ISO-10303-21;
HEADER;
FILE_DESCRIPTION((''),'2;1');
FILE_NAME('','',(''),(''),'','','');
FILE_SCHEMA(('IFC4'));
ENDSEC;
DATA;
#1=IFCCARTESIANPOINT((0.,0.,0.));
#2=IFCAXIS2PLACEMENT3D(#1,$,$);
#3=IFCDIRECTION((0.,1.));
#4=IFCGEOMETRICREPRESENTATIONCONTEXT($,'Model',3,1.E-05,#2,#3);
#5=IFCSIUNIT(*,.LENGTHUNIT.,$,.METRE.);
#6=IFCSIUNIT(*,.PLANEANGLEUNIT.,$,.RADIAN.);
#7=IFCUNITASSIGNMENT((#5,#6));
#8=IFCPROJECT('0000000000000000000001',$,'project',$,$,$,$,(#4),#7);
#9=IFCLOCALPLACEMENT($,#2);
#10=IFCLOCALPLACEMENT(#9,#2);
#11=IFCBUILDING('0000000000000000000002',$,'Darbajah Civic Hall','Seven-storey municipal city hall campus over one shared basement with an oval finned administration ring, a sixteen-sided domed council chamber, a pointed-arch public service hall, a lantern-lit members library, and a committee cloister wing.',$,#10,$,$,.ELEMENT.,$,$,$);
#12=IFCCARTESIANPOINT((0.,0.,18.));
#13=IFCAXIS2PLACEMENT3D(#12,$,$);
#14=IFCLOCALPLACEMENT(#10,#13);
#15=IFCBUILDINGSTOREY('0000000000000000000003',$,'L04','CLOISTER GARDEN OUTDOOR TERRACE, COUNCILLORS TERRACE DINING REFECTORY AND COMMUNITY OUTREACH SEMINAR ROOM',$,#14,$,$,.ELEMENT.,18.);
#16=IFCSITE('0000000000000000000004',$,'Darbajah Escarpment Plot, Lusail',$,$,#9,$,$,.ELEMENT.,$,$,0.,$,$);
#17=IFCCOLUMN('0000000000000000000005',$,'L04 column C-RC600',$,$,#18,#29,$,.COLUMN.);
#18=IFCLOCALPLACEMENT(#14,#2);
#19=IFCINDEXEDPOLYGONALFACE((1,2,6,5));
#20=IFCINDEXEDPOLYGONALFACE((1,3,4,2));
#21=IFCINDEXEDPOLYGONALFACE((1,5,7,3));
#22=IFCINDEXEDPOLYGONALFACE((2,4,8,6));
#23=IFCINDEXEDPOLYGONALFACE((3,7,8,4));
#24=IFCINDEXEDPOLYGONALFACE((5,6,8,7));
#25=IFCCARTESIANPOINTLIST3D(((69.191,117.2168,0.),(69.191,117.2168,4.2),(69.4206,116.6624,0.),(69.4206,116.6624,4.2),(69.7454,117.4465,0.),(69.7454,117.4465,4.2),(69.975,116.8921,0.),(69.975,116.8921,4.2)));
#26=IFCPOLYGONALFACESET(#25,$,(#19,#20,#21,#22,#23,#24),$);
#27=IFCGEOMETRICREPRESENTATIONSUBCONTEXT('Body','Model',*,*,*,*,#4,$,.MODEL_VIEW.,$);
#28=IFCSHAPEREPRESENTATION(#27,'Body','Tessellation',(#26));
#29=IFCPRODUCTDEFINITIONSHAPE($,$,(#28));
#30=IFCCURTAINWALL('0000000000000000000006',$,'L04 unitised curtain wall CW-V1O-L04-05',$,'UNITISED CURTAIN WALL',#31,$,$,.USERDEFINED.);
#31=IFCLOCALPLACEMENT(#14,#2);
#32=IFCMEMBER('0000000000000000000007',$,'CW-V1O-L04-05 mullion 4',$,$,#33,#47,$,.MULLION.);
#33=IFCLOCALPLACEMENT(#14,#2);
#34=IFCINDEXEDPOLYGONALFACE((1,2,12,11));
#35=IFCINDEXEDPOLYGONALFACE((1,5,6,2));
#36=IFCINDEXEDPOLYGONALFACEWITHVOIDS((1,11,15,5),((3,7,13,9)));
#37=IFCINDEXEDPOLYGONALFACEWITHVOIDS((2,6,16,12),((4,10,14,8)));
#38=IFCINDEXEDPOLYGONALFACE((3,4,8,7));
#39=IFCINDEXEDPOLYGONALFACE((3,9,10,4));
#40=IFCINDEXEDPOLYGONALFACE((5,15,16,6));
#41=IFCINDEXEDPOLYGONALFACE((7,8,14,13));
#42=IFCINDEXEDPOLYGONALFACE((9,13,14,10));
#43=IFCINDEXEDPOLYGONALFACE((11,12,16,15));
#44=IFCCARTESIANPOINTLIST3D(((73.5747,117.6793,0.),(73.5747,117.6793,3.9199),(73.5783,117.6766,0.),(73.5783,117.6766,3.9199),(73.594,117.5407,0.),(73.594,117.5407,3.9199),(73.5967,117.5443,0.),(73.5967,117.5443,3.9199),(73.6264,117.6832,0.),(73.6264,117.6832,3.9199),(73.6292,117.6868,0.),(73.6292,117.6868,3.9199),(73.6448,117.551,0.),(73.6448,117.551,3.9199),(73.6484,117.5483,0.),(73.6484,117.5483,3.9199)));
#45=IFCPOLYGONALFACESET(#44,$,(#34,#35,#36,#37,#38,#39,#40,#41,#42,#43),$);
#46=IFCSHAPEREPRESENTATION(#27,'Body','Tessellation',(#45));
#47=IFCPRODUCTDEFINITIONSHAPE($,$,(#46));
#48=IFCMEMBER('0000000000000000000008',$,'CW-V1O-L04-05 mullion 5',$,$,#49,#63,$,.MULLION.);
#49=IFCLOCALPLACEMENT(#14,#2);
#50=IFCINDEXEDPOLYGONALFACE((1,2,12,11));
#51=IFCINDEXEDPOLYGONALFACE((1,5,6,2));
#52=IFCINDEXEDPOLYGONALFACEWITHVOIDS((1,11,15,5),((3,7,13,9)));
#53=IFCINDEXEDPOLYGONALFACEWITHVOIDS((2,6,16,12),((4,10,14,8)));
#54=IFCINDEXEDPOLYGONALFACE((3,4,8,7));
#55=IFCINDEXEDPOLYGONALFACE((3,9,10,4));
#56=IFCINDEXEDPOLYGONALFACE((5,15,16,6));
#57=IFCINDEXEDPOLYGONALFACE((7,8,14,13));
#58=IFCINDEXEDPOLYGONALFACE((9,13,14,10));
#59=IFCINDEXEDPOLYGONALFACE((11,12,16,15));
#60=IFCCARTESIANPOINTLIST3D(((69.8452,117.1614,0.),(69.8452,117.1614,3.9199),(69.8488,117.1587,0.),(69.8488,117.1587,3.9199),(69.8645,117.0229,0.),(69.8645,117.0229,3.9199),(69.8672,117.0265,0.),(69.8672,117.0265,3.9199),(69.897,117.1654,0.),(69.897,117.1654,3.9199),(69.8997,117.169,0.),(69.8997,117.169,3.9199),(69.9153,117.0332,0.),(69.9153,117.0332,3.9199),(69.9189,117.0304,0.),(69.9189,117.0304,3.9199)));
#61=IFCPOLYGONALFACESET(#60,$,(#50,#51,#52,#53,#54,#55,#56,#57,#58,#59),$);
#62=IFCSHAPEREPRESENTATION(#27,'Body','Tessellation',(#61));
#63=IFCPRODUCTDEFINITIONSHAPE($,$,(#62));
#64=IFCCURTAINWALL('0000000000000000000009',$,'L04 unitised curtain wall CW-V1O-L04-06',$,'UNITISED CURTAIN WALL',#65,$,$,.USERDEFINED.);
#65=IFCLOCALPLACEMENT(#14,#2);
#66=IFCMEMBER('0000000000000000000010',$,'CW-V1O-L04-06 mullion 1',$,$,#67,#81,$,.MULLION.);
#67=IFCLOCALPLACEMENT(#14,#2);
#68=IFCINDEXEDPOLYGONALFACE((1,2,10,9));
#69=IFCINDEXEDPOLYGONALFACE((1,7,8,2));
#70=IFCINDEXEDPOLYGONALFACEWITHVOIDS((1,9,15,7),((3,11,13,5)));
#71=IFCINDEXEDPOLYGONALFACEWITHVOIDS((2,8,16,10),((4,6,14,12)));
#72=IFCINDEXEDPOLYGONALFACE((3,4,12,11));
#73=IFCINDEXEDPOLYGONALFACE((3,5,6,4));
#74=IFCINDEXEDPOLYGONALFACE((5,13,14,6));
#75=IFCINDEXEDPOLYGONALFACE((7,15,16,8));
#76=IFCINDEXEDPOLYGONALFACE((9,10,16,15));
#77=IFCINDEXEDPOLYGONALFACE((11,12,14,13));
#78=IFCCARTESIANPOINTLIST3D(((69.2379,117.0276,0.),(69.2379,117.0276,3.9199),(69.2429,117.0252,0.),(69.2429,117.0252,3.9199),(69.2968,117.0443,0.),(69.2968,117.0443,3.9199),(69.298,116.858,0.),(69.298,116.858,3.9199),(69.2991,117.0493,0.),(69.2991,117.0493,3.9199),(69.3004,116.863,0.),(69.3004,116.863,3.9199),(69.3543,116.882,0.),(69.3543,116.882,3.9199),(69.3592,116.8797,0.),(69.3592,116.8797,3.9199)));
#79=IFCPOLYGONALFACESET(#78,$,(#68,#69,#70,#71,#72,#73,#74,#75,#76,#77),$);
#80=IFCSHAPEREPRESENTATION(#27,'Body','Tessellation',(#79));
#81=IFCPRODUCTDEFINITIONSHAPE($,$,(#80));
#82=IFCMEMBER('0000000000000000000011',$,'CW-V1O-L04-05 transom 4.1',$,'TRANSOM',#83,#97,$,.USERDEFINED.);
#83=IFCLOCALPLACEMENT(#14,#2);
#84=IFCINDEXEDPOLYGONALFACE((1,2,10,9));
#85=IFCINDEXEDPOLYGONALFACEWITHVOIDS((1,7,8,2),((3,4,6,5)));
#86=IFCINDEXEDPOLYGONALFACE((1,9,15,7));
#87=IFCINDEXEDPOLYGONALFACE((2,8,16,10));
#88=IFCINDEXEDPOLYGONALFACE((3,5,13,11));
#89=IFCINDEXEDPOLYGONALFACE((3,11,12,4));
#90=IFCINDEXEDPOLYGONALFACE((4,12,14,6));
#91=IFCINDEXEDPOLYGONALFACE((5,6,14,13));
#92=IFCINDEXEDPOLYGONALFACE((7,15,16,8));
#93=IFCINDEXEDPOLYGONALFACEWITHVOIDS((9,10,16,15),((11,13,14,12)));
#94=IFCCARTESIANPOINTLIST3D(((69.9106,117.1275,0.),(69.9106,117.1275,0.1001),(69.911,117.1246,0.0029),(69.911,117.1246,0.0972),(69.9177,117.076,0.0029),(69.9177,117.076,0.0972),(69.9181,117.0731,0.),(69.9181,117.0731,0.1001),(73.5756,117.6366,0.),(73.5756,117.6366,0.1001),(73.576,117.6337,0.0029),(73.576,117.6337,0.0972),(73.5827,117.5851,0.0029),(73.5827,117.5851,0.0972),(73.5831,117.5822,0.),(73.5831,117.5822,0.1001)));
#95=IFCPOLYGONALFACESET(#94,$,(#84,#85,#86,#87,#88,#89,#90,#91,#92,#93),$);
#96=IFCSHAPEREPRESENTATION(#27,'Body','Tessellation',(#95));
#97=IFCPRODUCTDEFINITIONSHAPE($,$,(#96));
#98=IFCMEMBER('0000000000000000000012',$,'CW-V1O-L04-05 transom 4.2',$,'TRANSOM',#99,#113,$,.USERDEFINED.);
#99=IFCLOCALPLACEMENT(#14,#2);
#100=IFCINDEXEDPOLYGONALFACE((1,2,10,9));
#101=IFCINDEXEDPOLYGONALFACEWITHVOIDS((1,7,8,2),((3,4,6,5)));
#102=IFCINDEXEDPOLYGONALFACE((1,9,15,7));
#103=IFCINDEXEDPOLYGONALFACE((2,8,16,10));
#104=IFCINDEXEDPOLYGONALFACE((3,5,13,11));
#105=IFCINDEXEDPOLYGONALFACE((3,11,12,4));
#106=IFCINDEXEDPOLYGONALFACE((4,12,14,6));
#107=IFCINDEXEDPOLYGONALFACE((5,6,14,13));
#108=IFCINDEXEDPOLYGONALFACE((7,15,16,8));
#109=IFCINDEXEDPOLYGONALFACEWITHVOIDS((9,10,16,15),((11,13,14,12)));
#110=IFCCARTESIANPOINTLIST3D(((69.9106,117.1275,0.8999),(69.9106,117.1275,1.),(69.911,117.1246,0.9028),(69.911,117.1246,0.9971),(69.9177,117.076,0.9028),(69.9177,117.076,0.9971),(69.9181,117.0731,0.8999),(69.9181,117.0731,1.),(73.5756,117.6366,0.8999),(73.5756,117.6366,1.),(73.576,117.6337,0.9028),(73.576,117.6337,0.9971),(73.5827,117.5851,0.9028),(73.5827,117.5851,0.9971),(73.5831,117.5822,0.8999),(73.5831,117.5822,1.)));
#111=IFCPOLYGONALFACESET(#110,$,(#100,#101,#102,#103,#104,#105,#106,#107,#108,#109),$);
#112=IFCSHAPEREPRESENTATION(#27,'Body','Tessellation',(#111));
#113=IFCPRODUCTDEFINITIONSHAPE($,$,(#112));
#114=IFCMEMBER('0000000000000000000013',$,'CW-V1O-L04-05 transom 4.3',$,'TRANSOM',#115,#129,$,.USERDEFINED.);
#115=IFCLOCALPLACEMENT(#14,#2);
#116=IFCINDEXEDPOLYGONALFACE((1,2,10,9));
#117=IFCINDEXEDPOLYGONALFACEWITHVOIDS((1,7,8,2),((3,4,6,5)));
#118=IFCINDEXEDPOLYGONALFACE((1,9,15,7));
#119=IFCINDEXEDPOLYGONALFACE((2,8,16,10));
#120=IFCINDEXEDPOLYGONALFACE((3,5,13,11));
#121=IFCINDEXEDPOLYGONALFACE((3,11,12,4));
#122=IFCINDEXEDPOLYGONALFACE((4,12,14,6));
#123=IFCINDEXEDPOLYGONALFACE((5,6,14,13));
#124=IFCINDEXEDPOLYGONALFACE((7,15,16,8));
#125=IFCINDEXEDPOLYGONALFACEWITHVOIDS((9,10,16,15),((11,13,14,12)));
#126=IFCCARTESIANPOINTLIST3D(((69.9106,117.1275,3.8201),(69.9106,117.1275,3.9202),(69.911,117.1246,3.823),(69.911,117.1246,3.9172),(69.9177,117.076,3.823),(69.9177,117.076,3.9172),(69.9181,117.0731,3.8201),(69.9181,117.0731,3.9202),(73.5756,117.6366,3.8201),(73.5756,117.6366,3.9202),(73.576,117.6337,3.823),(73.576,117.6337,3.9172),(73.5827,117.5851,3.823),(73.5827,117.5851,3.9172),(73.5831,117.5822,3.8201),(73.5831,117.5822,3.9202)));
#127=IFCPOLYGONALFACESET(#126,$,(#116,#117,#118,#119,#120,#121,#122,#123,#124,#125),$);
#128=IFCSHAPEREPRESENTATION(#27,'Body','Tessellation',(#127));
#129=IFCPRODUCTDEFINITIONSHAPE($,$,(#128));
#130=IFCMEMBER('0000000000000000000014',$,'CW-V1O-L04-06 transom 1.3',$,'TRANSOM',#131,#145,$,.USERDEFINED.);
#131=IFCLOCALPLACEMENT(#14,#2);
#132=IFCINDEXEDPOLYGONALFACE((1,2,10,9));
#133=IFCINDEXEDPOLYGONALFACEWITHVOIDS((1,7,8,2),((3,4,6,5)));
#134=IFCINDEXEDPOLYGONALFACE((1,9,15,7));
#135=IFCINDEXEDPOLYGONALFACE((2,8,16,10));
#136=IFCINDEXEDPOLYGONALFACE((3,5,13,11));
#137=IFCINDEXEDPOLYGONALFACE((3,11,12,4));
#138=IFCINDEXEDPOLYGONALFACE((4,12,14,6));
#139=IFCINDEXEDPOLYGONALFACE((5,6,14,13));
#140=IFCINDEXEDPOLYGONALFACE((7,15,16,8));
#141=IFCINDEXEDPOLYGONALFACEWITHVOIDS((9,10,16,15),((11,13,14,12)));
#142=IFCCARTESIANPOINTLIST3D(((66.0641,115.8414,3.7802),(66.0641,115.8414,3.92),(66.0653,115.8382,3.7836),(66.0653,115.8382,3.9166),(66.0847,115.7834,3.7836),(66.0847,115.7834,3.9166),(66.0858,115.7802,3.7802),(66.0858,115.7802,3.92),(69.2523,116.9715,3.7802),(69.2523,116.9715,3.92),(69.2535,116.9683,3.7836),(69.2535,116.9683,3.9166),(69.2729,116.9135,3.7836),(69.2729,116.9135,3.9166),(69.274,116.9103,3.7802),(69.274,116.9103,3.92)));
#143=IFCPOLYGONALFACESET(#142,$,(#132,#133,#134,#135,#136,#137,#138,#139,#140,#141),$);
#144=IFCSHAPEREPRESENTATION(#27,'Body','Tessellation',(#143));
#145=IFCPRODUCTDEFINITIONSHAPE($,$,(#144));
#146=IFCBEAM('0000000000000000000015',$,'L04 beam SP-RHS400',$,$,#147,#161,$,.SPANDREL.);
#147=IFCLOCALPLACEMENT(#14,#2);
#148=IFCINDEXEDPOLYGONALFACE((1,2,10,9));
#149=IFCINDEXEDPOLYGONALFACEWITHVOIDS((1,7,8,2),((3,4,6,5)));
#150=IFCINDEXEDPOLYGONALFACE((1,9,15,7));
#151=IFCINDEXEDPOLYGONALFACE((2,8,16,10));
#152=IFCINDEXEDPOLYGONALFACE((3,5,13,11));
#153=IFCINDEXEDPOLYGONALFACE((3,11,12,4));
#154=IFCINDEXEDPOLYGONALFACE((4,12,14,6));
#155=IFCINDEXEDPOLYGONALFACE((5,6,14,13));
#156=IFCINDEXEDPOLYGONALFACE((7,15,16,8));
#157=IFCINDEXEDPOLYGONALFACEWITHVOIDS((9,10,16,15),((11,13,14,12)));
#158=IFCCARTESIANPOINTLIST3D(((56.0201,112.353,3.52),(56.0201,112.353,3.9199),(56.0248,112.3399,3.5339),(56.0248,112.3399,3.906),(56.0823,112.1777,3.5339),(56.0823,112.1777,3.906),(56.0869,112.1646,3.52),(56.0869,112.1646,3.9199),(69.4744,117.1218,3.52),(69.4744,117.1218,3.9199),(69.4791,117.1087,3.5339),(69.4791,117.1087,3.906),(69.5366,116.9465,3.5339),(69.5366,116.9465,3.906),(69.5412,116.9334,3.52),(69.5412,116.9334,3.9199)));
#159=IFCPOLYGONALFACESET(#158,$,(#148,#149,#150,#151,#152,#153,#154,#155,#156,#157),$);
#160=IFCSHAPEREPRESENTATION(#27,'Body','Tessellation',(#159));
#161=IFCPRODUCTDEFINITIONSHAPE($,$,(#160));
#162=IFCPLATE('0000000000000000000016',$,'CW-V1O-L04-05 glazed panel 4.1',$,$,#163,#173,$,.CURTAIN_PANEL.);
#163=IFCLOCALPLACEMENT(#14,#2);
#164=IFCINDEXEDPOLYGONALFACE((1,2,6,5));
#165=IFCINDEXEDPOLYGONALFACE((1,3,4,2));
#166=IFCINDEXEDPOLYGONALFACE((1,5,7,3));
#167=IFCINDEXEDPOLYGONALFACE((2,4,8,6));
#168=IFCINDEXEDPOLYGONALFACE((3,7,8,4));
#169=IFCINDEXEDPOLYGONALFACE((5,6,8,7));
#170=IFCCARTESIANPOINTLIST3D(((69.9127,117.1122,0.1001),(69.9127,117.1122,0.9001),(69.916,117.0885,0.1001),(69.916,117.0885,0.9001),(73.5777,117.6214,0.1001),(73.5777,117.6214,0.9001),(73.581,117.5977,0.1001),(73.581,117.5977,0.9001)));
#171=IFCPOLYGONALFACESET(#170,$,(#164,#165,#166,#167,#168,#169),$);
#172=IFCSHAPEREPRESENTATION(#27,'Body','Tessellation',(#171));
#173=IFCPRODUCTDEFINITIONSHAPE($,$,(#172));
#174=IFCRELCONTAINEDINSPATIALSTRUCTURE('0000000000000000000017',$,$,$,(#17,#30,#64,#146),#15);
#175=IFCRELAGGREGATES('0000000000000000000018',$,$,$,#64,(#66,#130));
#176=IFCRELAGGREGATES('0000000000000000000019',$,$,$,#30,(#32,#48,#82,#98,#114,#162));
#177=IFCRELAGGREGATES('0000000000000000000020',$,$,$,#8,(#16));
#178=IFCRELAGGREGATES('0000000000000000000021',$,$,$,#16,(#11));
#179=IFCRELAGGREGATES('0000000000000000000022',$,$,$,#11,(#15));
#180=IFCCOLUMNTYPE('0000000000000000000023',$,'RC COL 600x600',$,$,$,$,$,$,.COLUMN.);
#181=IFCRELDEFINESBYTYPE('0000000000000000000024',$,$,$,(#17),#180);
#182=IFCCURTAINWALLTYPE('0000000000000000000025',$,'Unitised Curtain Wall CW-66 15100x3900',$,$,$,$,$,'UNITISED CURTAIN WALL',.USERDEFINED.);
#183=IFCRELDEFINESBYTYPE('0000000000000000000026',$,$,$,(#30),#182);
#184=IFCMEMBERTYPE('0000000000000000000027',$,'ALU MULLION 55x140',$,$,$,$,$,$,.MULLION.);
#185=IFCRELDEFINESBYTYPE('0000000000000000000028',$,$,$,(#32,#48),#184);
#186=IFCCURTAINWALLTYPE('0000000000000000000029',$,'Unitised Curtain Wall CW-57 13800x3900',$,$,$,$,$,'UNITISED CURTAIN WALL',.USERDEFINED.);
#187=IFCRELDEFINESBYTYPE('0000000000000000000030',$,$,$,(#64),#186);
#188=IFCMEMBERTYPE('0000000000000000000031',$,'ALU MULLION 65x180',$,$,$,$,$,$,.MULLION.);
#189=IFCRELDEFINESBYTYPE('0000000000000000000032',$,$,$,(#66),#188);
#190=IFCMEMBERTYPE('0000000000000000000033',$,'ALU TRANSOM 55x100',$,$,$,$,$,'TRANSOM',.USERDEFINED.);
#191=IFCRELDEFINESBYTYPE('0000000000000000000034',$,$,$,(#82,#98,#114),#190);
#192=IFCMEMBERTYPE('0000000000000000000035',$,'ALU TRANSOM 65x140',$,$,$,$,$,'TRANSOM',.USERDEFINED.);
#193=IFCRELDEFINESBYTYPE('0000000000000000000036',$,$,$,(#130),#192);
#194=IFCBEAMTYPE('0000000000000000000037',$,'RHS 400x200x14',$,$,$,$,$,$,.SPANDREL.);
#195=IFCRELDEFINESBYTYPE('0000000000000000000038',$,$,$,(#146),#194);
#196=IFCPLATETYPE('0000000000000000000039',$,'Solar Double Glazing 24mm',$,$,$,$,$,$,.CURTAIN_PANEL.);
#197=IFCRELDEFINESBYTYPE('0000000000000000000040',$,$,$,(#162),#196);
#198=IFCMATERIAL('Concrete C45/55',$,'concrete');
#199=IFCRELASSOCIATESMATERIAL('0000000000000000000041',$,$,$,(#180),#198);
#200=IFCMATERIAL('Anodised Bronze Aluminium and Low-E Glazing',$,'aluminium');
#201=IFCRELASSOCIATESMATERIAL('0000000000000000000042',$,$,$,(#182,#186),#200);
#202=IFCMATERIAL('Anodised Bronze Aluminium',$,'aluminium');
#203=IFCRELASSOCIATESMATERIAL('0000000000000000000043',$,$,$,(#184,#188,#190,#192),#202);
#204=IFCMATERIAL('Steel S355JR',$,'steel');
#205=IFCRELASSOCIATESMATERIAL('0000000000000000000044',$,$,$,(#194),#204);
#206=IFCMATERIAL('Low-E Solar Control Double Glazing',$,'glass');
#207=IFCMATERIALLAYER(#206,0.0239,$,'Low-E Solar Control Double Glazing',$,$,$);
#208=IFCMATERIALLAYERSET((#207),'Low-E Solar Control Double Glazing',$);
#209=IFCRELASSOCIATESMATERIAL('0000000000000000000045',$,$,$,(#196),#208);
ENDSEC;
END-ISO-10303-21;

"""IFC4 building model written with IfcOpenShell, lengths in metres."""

from ifc_helpers import new_model, si_unit, direction, frame, origin, origin_2d, place, context, subcontext, project, spatial, rectangle, hollow_rectangle, extrude, material, layer, layer_set, material_profile, profile_set, type_object, element, aggregate, save


model = new_model("IFC4")

# Units and contexts
model_context = context("Model", 3, precision=1e-05, world=origin(), true_north=direction((0.0, 1.0)))
body_context = subcontext(model_context, "Body", "Model", "MODEL_VIEW")
ifc_project = project(units=[si_unit("LENGTHUNIT", "METRE"), si_unit("PLANEANGLEUNIT", "RADIAN")], contexts=[model_context])

# Site, building, storey
site_placement = place(None, origin())
site = spatial("IfcSite", under=ifc_project, at=site_placement, Name="Darbajah Escarpment Plot, Lusail", CompositionType="ELEMENT", RefElevation=0.0)
building_placement = place(site_placement, origin())
building = spatial("IfcBuilding", under=site, at=building_placement, Name="Darbajah Civic Hall", Description="Seven-storey municipal city hall campus over one shared basement with an oval finned administration ring, a sixteen-sided domed council chamber, a pointed-arch public service hall, a lantern-lit members library, and a committee cloister wing.", CompositionType="ELEMENT")
storey_placement = place(building_placement, frame((0.0, 0.0, 18.0)))
storey = spatial("IfcBuildingStorey", under=building, at=storey_placement, Name="L04", Description="CLOISTER GARDEN OUTDOOR TERRACE, COUNCILLORS TERRACE DINING REFECTORY AND COMMUNITY OUTREACH SEMINAR ROOM", CompositionType="ELEMENT", Elevation=18.0)

# Column
ifc_material_1 = material(Name="Concrete C45/55", Category="concrete")
ifc_material_profile_1 = material_profile(ifc_material_1, rectangle(XDim=0.6001, YDim=0.6001, at=origin_2d()), Name="RC COL 600x600")
ifc_profile_set_1 = profile_set([ifc_material_profile_1], Name="Concrete C45/55")
column_type = type_object("IfcColumnType", Name="RC COL 600x600", PredefinedType="COLUMN", material=ifc_profile_set_1)
column_placement = place(storey_placement, frame((69.583, 117.0544, 0.0), z_axis=(0.0, 0.0, 1.0), x_axis=(-0.382683, 0.92388, 0.0)))
element("IfcColumn", 1, at=column_placement, inside=storey, type_object=column_type, Name="L04 column C-RC600", PredefinedType="COLUMN", context=body_context, shape_type="SweptSolid", body=[
    extrude(rectangle(XDim=0.6001, YDim=0.6001, at=origin_2d()), origin(), (0.0, 0.0, 1.0), 4.2),
])

# Curtain wall, members
ifc_material_2 = material(Name="Anodised Bronze Aluminium and Low-E Glazing", Category="aluminium")
curtain_wall_type_1 = type_object("IfcCurtainWallType", Name="Unitised Curtain Wall CW-66 15100x3900", ElementType="UNITISED CURTAIN WALL", PredefinedType="USERDEFINED", material=ifc_material_2)
curtain_wall_1_placement = place(storey_placement, origin())
curtain_wall_1 = element("IfcCurtainWall", 2, at=curtain_wall_1_placement, inside=storey, type_object=curtain_wall_type_1, Name="L04 unitised curtain wall CW-V1O-L04-05", ObjectType="UNITISED CURTAIN WALL", PredefinedType="USERDEFINED")
ifc_material_3 = material(Name="Anodised Bronze Aluminium", Category="aluminium")
ifc_material_profile_2 = material_profile(ifc_material_3, hollow_rectangle(XDim=0.0549, YDim=0.1399, WallThickness=0.0032, at=origin_2d()), Name="ALU MULLION 55x140")
ifc_profile_set_2 = profile_set([ifc_material_profile_2], Name="Anodised Bronze Aluminium")
member_type_1 = type_object("IfcMemberType", Name="ALU MULLION 55x140", PredefinedType="MULLION", material=ifc_profile_set_2)
member_1_placement = place(storey_placement, frame((73.6116, 117.6138, 0.0), z_axis=(0.0, 0.0, 1.0), x_axis=(-0.990485, -0.137617, 0.0)))
member_1 = element("IfcMember", 3, at=member_1_placement, type_object=member_type_1, Name="CW-V1O-L04-05 mullion 4", PredefinedType="MULLION", context=body_context, shape_type="SweptSolid", body=[
    extrude(hollow_rectangle(XDim=0.0549, YDim=0.1399, WallThickness=0.0032, at=origin_2d()), origin(), (0.0, 0.0, 1.0), 3.9199),
])
member_2_placement = place(storey_placement, frame((69.8821, 117.0959, 0.0), z_axis=(0.0, 0.0, 1.0), x_axis=(-0.990485, -0.137617, 0.0)))
member_2 = element("IfcMember", 4, at=member_2_placement, type_object=member_type_1, Name="CW-V1O-L04-05 mullion 5", PredefinedType="MULLION", context=body_context, shape_type="SweptSolid", body=[
    extrude(hollow_rectangle(XDim=0.0549, YDim=0.1399, WallThickness=0.0032, at=origin_2d()), origin(), (0.0, 0.0, 1.0), 3.9199),
])

# Curtain wall, member
curtain_wall_type_2 = type_object("IfcCurtainWallType", Name="Unitised Curtain Wall CW-57 13800x3900", ElementType="UNITISED CURTAIN WALL", PredefinedType="USERDEFINED", material=ifc_material_2)
curtain_wall_2_placement = place(storey_placement, origin())
curtain_wall_2 = element("IfcCurtainWall", 5, at=curtain_wall_2_placement, inside=storey, type_object=curtain_wall_type_2, Name="L04 unitised curtain wall CW-V1O-L04-06", ObjectType="UNITISED CURTAIN WALL", PredefinedType="USERDEFINED")
ifc_material_profile_3 = material_profile(ifc_material_3, hollow_rectangle(XDim=0.0649, YDim=0.1799, WallThickness=0.0039, at=origin_2d()), Name="ALU MULLION 65x180")
ifc_profile_set_3 = profile_set([ifc_material_profile_3], Name="Anodised Bronze Aluminium")
member_type_2 = type_object("IfcMemberType", Name="ALU MULLION 65x180", PredefinedType="MULLION", material=ifc_profile_set_3)
member_3_placement = place(storey_placement, frame((69.2986, 116.9536, 0.0), z_axis=(0.0, 0.0, 1.0), x_axis=(-0.942525, -0.334136, 0.0)))
member_3 = element("IfcMember", 6, at=member_3_placement, type_object=member_type_2, Name="CW-V1O-L04-06 mullion 1", PredefinedType="MULLION", context=body_context, shape_type="SweptSolid", body=[
    extrude(hollow_rectangle(XDim=0.0649, YDim=0.1799, WallThickness=0.0039, at=origin_2d()), origin(), (0.0, 0.0, 1.0), 3.9199),
])

# Members
ifc_material_profile_4 = material_profile(ifc_material_3, hollow_rectangle(XDim=0.0549, YDim=0.1001, WallThickness=0.0029, at=origin_2d()), Name="ALU TRANSOM 55x100")
ifc_profile_set_4 = profile_set([ifc_material_profile_4], Name="Anodised Bronze Aluminium")
member_type_3 = type_object("IfcMemberType", Name="ALU TRANSOM 55x100", ElementType="TRANSOM", PredefinedType="USERDEFINED", material=ifc_profile_set_4)
member_4_placement = place(storey_placement, frame((73.5793, 117.6094, 0.05), z_axis=(-0.990492, -0.137568, 0.0), x_axis=(0.137568, -0.990492, 0.0)))
member_4 = element("IfcMember", 7, at=member_4_placement, type_object=member_type_3, Name="CW-V1O-L04-05 transom 4.1", ObjectType="TRANSOM", PredefinedType="USERDEFINED", context=body_context, shape_type="SweptSolid", body=[
    extrude(hollow_rectangle(XDim=0.0549, YDim=0.1001, WallThickness=0.0029, at=origin_2d()), origin(), (0.0, 0.0, 1.0), 3.7002),
])
member_5_placement = place(storey_placement, frame((73.5793, 117.6094, 0.95), z_axis=(-0.990492, -0.137568, 0.0), x_axis=(0.137568, -0.990492, 0.0)))
member_5 = element("IfcMember", 8, at=member_5_placement, type_object=member_type_3, Name="CW-V1O-L04-05 transom 4.2", ObjectType="TRANSOM", PredefinedType="USERDEFINED", context=body_context, shape_type="SweptSolid", body=[
    extrude(hollow_rectangle(XDim=0.0549, YDim=0.1001, WallThickness=0.0029, at=origin_2d()), origin(), (0.0, 0.0, 1.0), 3.7002),
])
member_6_placement = place(storey_placement, frame((73.5793, 117.6094, 3.8701), z_axis=(-0.990492, -0.137568, 0.0), x_axis=(0.137568, -0.990492, 0.0)))
member_6 = element("IfcMember", 9, at=member_6_placement, type_object=member_type_3, Name="CW-V1O-L04-05 transom 4.3", ObjectType="TRANSOM", PredefinedType="USERDEFINED", context=body_context, shape_type="SweptSolid", body=[
    extrude(hollow_rectangle(XDim=0.0549, YDim=0.1001, WallThickness=0.0029, at=origin_2d()), origin(), (0.0, 0.0, 1.0), 3.7002),
])
ifc_material_profile_5 = material_profile(ifc_material_3, hollow_rectangle(XDim=0.0649, YDim=0.1399, WallThickness=0.0034, at=origin_2d()), Name="ALU TRANSOM 65x140")
ifc_profile_set_5 = profile_set([ifc_material_profile_5], Name="Anodised Bronze Aluminium")
member_type_4 = type_object("IfcMemberType", Name="ALU TRANSOM 65x140", ElementType="TRANSOM", PredefinedType="USERDEFINED", material=ifc_profile_set_5)
member_7_placement = place(storey_placement, frame((69.2632, 116.9409, 3.8501), z_axis=(-0.942538, -0.3341, 0.0), x_axis=(0.3341, -0.942538, 0.0)))
member_7 = element("IfcMember", 10, at=member_7_placement, type_object=member_type_4, Name="CW-V1O-L04-06 transom 1.3", ObjectType="TRANSOM", PredefinedType="USERDEFINED", context=body_context, shape_type="SweptSolid", body=[
    extrude(hollow_rectangle(XDim=0.0649, YDim=0.1399, WallThickness=0.0034, at=origin_2d()), origin(), (0.0, 0.0, 1.0), 3.3826),
])
aggregate(curtain_wall_2, [member_3, member_7])

# Beam
ifc_material_4 = material(Name="Steel S355JR", Category="steel")
ifc_material_profile_6 = material_profile(ifc_material_4, hollow_rectangle(XDim=0.2, YDim=0.3999, WallThickness=0.0139, at=origin_2d()), Name="RHS 400x200x14")
ifc_profile_set_6 = profile_set([ifc_material_profile_6], Name="Steel S355JR")
beam_type = type_object("IfcBeamType", Name="RHS 400x200x14", PredefinedType="SPANDREL", material=ifc_profile_set_6)
beam_placement = place(storey_placement, frame((69.5078, 117.0276, 3.72), z_axis=(-0.942545, -0.334079, 0.0), x_axis=(0.334079, -0.942545, 0.0)))
element("IfcBeam", 11, at=beam_placement, inside=storey, type_object=beam_type, Name="L04 beam SP-RHS400", PredefinedType="SPANDREL", context=body_context, shape_type="SweptSolid", body=[
    extrude(hollow_rectangle(XDim=0.2, YDim=0.3999, WallThickness=0.0139, at=origin_2d()), origin(), (0.0, 0.0, 1.0), 14.2744),
])

# Plate
ifc_material_5 = material(Name="Low-E Solar Control Double Glazing", Category="glass")
ifc_layer = layer(ifc_material_5, 0.0239, Name="Low-E Solar Control Double Glazing")
ifc_layer_set = layer_set([ifc_layer], Name="Low-E Solar Control Double Glazing")
plate_type = type_object("IfcPlateType", Name="Solar Double Glazing 24mm", PredefinedType="CURTAIN_PANEL", material=ifc_layer_set)
plate_1_placement = place(storey_placement, frame((71.7468, 117.355, 0.1001), z_axis=(0.0, 0.0, 1.0), x_axis=(-0.990485, -0.137617, 0.0)))
plate_1 = element("IfcPlate", 12, at=plate_1_placement, type_object=plate_type, Name="CW-V1O-L04-05 glazed panel 4.1", PredefinedType="CURTAIN_PANEL", context=body_context, shape_type="SweptSolid", body=[
    extrude(rectangle(XDim=3.7002, YDim=0.0239, at=origin_2d()), origin(), (0.0, 0.0, 1.0), 0.8),
])
aggregate(curtain_wall_1, [member_1, member_2, member_4, member_5, member_6, plate_1])

save(model, "model.ifc")
